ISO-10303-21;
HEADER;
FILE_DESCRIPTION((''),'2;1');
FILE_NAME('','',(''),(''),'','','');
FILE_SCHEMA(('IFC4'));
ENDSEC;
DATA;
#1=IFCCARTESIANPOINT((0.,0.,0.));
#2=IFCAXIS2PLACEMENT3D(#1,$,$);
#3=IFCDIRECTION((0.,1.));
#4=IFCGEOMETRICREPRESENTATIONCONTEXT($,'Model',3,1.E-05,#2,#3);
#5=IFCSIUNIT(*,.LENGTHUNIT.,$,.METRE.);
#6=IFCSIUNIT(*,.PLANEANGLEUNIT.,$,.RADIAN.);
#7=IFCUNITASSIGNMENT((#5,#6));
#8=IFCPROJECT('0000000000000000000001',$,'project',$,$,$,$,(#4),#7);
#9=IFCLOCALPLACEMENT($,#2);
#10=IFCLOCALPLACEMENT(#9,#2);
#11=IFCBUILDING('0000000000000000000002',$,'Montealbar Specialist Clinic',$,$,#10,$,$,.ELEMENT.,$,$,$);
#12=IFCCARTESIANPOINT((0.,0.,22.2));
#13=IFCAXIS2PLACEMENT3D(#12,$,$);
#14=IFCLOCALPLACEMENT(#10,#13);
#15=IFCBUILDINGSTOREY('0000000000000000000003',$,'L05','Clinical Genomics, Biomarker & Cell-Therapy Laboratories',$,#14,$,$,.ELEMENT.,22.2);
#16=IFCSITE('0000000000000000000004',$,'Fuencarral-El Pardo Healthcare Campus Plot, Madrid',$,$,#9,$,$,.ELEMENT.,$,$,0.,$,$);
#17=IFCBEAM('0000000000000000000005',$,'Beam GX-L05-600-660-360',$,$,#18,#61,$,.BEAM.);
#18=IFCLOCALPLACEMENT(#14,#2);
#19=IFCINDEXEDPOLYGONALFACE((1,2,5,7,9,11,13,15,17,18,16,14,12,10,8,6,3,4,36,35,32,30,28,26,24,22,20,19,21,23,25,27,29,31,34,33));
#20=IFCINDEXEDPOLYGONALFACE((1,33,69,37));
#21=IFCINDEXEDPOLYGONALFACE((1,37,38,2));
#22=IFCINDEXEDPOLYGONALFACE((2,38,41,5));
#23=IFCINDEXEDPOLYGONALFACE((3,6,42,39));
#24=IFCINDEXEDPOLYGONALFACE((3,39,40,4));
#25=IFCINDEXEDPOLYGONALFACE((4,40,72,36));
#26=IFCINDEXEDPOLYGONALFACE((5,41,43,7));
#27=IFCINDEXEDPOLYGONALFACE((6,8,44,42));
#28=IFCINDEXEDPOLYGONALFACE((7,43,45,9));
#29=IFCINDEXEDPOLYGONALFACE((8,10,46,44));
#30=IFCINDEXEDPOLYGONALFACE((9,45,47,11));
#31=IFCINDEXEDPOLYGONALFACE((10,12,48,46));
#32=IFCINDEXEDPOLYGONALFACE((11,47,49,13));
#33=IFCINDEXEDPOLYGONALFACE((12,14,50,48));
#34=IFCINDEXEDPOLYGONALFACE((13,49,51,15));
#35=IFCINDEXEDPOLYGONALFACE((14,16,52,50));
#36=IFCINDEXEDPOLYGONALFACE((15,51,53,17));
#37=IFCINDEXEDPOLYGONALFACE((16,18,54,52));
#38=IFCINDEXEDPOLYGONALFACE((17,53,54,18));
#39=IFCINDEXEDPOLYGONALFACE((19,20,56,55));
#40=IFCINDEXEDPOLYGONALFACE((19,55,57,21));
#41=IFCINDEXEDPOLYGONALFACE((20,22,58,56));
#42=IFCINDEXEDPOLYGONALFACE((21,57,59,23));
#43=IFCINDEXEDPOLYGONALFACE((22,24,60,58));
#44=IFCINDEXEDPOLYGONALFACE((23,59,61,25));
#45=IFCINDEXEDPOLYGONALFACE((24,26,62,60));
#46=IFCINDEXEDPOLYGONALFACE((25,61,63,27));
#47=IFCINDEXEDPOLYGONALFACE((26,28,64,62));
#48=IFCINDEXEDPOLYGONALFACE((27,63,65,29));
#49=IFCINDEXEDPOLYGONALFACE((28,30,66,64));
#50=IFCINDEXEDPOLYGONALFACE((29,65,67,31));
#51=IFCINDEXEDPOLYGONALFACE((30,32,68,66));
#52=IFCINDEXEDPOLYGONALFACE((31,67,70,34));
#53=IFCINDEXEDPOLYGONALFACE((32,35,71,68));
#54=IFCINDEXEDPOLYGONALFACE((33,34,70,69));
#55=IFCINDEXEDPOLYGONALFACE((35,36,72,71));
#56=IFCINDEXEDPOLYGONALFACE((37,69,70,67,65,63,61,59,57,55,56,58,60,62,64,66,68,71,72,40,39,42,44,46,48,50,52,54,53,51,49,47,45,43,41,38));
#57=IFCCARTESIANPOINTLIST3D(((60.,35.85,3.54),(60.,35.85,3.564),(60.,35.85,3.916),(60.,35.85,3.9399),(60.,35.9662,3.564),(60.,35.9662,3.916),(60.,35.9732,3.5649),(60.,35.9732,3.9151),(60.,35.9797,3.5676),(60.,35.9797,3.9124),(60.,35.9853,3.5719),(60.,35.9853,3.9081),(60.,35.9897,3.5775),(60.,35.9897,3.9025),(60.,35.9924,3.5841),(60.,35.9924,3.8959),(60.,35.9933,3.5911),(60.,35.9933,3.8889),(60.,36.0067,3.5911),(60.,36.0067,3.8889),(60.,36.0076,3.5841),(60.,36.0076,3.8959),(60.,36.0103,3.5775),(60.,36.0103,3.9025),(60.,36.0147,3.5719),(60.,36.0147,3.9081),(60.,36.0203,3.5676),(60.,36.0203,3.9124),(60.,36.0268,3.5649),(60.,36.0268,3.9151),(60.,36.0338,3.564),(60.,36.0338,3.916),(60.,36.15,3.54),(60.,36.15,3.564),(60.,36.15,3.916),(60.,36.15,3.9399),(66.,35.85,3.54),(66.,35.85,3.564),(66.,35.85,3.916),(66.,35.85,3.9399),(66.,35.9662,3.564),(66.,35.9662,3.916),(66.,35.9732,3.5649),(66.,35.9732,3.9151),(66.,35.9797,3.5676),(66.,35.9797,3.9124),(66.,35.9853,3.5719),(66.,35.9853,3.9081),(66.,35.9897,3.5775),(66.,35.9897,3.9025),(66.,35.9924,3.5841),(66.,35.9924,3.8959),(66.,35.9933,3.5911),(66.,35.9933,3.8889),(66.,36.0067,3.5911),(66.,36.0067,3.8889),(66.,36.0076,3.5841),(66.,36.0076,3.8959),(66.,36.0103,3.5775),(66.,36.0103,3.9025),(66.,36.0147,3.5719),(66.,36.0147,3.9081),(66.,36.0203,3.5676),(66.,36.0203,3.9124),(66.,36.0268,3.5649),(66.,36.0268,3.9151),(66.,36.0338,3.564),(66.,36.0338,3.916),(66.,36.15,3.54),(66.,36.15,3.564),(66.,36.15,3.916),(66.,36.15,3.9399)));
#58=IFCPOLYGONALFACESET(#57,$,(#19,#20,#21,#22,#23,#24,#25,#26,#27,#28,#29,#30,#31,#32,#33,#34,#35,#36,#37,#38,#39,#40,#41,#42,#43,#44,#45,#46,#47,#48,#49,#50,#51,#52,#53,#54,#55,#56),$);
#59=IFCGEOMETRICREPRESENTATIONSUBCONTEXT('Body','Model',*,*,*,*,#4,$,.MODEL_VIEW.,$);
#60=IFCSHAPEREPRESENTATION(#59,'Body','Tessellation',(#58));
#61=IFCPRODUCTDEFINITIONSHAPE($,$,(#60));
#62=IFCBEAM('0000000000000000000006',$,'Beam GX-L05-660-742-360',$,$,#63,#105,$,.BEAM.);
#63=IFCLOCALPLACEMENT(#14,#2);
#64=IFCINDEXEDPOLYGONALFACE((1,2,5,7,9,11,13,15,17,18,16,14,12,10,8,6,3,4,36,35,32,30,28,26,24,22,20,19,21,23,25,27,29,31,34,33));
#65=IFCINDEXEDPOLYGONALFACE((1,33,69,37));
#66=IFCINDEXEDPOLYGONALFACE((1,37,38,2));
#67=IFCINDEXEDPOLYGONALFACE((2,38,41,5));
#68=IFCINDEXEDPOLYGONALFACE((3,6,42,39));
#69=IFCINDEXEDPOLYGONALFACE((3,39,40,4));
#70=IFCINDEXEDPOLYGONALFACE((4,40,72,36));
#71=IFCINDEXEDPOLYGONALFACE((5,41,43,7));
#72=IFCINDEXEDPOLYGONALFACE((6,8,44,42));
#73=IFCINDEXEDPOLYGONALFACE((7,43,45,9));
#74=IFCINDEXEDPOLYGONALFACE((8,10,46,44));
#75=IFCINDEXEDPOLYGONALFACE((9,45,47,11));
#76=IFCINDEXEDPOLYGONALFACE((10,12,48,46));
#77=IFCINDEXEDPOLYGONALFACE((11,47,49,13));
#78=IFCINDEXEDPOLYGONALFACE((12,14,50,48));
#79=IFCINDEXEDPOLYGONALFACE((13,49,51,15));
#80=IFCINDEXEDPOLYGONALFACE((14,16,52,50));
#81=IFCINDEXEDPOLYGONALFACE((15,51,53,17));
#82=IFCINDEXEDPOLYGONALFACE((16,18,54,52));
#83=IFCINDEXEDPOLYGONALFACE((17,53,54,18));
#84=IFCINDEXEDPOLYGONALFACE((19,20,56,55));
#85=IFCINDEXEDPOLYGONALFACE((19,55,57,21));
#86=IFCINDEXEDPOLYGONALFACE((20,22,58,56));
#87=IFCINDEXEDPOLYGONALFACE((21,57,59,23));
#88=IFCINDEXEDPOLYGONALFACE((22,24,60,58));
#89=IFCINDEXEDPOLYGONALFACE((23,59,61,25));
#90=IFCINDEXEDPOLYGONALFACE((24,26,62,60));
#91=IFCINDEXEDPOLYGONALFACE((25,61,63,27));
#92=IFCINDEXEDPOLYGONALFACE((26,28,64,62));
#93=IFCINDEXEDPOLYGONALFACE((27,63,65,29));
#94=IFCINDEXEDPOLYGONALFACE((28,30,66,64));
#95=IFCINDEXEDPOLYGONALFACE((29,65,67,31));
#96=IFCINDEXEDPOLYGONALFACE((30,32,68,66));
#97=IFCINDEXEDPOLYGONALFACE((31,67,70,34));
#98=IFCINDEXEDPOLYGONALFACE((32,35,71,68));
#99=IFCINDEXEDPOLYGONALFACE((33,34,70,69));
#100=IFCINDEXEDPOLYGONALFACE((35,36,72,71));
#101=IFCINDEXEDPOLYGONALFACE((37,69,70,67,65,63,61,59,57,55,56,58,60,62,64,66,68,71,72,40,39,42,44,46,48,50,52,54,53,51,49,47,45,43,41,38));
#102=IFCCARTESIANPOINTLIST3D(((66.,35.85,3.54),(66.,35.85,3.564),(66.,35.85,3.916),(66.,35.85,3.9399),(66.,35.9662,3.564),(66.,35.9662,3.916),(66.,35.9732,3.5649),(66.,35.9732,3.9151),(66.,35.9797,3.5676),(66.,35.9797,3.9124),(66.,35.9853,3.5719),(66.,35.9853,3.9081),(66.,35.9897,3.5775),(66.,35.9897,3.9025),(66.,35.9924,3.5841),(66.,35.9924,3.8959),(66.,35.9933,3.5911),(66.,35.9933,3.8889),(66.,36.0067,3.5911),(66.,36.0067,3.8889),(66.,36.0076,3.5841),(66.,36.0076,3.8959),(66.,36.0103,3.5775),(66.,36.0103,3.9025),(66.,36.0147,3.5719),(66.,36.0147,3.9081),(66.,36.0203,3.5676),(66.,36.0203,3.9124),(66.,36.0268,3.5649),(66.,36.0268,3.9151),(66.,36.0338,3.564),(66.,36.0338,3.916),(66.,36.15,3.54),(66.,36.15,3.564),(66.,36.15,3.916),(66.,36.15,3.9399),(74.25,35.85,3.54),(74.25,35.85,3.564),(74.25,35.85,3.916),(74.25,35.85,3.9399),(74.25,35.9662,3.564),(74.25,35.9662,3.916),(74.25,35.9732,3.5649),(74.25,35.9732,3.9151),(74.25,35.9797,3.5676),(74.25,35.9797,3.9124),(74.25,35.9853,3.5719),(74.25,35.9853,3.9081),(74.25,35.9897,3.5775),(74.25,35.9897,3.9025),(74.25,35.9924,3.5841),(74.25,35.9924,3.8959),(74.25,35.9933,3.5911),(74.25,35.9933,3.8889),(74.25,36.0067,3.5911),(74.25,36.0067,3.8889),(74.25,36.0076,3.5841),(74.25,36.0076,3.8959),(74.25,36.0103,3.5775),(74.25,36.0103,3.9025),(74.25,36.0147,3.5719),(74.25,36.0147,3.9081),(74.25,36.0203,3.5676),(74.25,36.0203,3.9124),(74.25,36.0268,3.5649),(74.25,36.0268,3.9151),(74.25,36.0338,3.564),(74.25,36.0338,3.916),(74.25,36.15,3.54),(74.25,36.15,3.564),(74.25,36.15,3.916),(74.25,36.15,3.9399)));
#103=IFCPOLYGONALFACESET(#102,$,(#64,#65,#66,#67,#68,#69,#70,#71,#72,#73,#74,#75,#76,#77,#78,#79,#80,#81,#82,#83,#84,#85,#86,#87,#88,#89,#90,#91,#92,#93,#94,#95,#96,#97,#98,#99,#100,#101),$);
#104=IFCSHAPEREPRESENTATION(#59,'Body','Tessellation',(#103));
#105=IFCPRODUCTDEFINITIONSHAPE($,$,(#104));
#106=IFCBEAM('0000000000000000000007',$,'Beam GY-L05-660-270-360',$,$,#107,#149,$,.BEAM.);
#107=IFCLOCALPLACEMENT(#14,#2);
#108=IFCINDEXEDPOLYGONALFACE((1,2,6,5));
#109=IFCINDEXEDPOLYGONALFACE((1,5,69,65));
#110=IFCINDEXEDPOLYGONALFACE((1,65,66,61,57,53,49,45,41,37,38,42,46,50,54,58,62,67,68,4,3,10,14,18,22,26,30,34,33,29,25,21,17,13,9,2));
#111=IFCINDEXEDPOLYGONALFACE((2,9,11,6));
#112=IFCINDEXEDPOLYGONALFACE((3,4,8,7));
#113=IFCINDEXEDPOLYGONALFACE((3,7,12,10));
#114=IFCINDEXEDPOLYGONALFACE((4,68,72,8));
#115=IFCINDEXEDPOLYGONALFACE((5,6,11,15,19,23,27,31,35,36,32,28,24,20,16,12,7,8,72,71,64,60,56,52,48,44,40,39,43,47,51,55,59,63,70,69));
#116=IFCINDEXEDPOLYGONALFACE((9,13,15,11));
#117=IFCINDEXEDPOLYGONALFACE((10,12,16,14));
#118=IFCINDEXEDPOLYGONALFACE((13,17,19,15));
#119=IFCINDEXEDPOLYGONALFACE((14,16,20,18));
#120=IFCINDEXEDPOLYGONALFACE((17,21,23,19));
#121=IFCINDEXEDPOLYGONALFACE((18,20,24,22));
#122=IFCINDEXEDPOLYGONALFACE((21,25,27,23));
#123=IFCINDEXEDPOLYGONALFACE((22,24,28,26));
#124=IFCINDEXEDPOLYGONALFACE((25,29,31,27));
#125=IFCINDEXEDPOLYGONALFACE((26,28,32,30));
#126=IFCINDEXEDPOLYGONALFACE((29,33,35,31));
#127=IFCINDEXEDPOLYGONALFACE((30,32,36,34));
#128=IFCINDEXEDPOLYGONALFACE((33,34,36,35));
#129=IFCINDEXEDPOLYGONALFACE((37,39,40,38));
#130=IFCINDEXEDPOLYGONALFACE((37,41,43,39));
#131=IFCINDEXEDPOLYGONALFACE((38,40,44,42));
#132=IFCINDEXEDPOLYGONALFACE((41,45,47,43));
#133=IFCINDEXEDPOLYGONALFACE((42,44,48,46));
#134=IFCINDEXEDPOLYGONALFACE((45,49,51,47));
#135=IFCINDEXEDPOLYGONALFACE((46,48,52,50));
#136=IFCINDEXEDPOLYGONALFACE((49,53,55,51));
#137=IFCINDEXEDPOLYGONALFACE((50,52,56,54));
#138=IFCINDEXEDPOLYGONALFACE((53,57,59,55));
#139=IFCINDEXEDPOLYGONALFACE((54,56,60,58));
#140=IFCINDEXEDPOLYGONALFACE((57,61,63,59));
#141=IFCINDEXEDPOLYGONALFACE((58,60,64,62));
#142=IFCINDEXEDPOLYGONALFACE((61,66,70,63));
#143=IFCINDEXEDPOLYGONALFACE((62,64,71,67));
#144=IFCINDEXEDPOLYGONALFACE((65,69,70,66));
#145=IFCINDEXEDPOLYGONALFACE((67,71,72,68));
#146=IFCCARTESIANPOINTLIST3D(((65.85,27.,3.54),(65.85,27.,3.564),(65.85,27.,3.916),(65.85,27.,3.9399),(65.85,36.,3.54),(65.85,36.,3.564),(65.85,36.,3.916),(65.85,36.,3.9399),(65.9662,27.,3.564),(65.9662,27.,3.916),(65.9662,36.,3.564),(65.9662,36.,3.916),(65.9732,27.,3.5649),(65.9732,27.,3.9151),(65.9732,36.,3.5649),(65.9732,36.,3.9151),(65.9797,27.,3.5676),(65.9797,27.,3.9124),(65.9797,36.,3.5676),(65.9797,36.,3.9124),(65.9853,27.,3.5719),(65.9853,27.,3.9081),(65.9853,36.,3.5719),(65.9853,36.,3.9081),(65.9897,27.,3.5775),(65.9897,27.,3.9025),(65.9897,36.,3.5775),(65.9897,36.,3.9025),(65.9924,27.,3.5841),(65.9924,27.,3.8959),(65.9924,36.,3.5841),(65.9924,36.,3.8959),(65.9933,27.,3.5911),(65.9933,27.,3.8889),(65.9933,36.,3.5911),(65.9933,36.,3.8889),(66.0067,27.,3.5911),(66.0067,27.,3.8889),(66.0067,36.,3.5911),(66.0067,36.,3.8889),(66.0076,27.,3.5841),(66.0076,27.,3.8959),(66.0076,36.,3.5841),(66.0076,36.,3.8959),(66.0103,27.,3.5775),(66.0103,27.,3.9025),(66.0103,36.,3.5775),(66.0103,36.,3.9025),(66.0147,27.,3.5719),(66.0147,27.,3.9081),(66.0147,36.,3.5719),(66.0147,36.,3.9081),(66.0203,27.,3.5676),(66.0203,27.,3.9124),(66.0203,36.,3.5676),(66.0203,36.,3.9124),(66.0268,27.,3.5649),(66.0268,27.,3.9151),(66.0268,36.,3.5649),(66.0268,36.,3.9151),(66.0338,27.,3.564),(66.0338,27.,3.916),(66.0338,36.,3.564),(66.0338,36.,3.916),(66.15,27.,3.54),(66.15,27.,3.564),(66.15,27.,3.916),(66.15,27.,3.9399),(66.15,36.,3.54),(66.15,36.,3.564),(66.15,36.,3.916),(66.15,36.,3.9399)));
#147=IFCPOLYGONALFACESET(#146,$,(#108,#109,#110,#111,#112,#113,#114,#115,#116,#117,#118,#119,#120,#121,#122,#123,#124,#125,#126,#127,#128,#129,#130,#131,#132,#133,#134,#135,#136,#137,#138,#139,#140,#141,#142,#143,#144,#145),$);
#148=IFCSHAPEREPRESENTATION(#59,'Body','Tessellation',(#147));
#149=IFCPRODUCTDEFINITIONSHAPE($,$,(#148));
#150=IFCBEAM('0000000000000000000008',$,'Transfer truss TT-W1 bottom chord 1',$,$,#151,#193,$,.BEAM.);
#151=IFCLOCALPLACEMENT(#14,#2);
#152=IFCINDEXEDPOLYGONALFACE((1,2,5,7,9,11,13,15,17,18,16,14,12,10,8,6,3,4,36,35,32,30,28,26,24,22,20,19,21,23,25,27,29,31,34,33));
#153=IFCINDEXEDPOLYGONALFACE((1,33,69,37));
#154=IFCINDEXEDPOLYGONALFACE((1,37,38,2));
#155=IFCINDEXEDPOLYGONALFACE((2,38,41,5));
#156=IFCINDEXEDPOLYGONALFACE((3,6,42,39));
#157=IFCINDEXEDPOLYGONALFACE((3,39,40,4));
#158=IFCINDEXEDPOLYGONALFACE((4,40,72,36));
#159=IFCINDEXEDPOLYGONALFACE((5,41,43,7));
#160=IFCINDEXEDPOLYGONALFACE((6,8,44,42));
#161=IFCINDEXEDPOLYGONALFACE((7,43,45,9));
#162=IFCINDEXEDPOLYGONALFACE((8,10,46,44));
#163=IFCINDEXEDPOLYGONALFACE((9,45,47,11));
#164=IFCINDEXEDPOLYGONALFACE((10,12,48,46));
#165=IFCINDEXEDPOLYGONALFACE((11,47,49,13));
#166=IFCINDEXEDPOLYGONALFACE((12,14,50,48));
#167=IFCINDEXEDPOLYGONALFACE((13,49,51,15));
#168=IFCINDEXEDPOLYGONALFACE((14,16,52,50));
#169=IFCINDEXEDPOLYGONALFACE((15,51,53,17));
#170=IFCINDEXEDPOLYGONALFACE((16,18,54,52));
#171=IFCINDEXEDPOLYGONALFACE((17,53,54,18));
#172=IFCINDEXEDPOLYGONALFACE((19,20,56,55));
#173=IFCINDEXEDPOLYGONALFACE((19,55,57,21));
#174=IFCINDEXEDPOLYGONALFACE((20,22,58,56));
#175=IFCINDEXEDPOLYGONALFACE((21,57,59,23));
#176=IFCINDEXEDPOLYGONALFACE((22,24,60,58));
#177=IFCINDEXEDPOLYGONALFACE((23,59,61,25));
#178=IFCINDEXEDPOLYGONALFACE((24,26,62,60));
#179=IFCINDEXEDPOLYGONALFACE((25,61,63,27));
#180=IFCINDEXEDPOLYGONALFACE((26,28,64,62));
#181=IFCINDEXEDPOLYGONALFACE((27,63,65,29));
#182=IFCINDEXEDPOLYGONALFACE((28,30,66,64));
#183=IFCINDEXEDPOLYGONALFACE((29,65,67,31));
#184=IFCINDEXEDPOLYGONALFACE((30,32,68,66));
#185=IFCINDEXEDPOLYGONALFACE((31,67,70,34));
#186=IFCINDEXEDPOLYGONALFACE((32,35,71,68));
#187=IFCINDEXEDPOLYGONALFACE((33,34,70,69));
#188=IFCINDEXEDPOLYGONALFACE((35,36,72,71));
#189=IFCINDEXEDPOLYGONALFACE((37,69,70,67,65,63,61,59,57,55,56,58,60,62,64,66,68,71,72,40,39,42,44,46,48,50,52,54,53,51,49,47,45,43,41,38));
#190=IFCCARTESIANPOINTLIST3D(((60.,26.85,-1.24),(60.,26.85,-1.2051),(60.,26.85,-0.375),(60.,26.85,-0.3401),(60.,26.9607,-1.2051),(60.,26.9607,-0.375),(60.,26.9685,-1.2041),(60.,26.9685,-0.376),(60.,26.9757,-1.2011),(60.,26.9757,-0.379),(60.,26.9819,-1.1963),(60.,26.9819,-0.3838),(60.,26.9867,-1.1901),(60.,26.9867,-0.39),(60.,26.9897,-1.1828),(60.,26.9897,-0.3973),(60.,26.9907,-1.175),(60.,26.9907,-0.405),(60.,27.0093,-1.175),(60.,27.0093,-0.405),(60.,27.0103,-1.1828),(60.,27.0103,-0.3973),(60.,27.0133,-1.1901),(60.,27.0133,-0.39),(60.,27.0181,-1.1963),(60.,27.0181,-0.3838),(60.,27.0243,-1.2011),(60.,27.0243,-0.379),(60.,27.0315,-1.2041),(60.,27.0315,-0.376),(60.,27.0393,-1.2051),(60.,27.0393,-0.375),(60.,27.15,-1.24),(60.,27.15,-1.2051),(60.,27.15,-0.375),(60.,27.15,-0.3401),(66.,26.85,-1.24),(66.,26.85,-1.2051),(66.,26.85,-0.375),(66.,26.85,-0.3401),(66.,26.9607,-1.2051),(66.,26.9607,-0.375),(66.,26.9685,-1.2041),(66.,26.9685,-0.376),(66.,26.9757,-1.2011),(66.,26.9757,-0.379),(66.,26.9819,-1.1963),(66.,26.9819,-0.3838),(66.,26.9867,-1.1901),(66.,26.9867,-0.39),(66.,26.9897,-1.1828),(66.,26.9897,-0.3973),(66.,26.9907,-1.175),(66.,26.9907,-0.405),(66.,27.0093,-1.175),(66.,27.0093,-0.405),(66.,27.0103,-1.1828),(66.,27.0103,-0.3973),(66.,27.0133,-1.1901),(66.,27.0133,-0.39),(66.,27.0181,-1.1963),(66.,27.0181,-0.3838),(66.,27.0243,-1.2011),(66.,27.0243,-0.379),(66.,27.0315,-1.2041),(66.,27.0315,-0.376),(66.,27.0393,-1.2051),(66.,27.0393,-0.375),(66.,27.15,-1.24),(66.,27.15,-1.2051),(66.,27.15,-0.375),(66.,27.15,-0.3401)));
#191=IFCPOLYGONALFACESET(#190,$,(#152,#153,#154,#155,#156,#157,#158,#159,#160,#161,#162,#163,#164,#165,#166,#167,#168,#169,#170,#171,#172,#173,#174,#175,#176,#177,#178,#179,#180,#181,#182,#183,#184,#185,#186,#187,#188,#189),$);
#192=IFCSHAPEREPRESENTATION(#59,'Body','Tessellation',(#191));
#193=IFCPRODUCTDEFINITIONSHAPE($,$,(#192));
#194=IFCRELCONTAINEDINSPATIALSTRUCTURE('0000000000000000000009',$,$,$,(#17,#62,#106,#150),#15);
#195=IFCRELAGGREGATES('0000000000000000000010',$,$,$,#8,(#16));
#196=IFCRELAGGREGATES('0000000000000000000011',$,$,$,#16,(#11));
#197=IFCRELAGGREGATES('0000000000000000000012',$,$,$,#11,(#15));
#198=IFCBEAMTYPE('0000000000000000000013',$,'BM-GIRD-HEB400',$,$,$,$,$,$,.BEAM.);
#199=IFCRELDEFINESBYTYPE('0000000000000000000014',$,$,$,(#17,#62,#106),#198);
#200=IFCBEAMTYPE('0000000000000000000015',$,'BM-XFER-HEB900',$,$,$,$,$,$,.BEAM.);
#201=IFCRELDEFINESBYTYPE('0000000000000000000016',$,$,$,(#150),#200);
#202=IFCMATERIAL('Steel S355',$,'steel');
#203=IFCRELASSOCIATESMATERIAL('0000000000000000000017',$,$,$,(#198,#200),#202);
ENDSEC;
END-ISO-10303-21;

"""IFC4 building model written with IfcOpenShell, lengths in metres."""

from ifc_helpers import new_model, si_unit, direction, frame, origin, origin_2d, place, context, subcontext, project, spatial, i_section, extrude, material, material_profile, profile_set, type_object, element, save


model = new_model("IFC4")

# Units and contexts
model_context = context("Model", 3, precision=1e-05, world=origin(), true_north=direction((0.0, 1.0)))
body_context = subcontext(model_context, "Body", "Model", "MODEL_VIEW")
ifc_project = project(units=[si_unit("LENGTHUNIT", "METRE"), si_unit("PLANEANGLEUNIT", "RADIAN")], contexts=[model_context])

# Site, building, storey
site_placement = place(None, origin())
site = spatial("IfcSite", under=ifc_project, at=site_placement, Name="Fuencarral-El Pardo Healthcare Campus Plot, Madrid", CompositionType="ELEMENT", RefElevation=0.0)
building_placement = place(site_placement, origin())
building = spatial("IfcBuilding", under=site, at=building_placement, Name="Montealbar Specialist Clinic", CompositionType="ELEMENT")
storey_placement = place(building_placement, frame((0.0, 0.0, 22.2)))
storey = spatial("IfcBuildingStorey", under=building, at=storey_placement, Name="L05", Description="Clinical Genomics, Biomarker & Cell-Therapy Laboratories", CompositionType="ELEMENT", Elevation=22.2)

# Shared definitions
ifc_material_1 = material(Name="Steel S355", Category="steel")

# Beams
ifc_material_profile_1 = material_profile(ifc_material_1, i_section(OverallWidth=0.3, OverallDepth=0.3999, WebThickness=0.0134, FlangeThickness=0.0239, FilletRadius=0.0271, at=origin_2d()), Name="HEB 400", Category="steel")
ifc_profile_set_1 = profile_set([ifc_material_profile_1], Name="Steel S355")
beam_type_1 = type_object("IfcBeamType", Name="BM-GIRD-HEB400", PredefinedType="BEAM", material=ifc_profile_set_1)
beam_1_placement = place(storey_placement, frame((60.0, 36.0, 3.74), z_axis=(1.0, 0.0, 0.0), x_axis=(0.0, 1.0, 0.0)))
element("IfcBeam", 1, at=beam_1_placement, inside=storey, type_object=beam_type_1, Name="Beam GX-L05-600-660-360", PredefinedType="BEAM", context=body_context, shape_type="SweptSolid", body=[
    extrude(i_section(OverallWidth=0.3, OverallDepth=0.3999, WebThickness=0.0134, FlangeThickness=0.0239, FilletRadius=0.0271, at=origin_2d()), origin(), (0.0, 0.0, 1.0), 6.0),
])
beam_2_placement = place(storey_placement, frame((66.0, 36.0, 3.74), z_axis=(1.0, 0.0, 0.0), x_axis=(0.0, 1.0, 0.0)))
element("IfcBeam", 2, at=beam_2_placement, inside=storey, type_object=beam_type_1, Name="Beam GX-L05-660-742-360", PredefinedType="BEAM", context=body_context, shape_type="SweptSolid", body=[
    extrude(i_section(OverallWidth=0.3, OverallDepth=0.3999, WebThickness=0.0134, FlangeThickness=0.0239, FilletRadius=0.0271, at=origin_2d()), origin(), (0.0, 0.0, 1.0), 8.25),
])
beam_3_placement = place(storey_placement, frame((66.0, 27.0, 3.74), z_axis=(0.0, 1.0, 0.0), x_axis=(-1.0, 0.0, 0.0)))
element("IfcBeam", 3, at=beam_3_placement, inside=storey, type_object=beam_type_1, Name="Beam GY-L05-660-270-360", PredefinedType="BEAM", context=body_context, shape_type="SweptSolid", body=[
    extrude(i_section(OverallWidth=0.3, OverallDepth=0.3999, WebThickness=0.0134, FlangeThickness=0.0239, FilletRadius=0.0271, at=origin_2d()), origin(), (0.0, 0.0, 1.0), 9.0),
])
ifc_material_profile_2 = material_profile(ifc_material_1, i_section(OverallWidth=0.3, OverallDepth=0.8999, WebThickness=0.0186, FlangeThickness=0.0349, FilletRadius=0.03, at=origin_2d()), Name="HEB 900", Category="steel")
ifc_profile_set_2 = profile_set([ifc_material_profile_2], Name="Steel S355")
beam_type_2 = type_object("IfcBeamType", Name="BM-XFER-HEB900", PredefinedType="BEAM", material=ifc_profile_set_2)
for number, where, z_axis, x_axis, name in (
    (4, (66.0, 27.0, -0.79), (-1.0, 0.0, 0.0), (0.0, -1.0, 0.0), "Transfer truss TT-W1 bottom chord 1"),
):
    element("IfcBeam", number, at=place(storey_placement, frame(where, z_axis=z_axis, x_axis=x_axis)), inside=storey, type_object=beam_type_2, Name=name, PredefinedType="BEAM", context=body_context, shape_type="SweptSolid", body=[
        extrude(i_section(OverallWidth=0.3, OverallDepth=0.8999, WebThickness=0.0186, FlangeThickness=0.0349, FilletRadius=0.03, at=origin_2d()), origin(), (0.0, 0.0, 1.0), 6.0),
    ])

save(model, "model.ifc")
